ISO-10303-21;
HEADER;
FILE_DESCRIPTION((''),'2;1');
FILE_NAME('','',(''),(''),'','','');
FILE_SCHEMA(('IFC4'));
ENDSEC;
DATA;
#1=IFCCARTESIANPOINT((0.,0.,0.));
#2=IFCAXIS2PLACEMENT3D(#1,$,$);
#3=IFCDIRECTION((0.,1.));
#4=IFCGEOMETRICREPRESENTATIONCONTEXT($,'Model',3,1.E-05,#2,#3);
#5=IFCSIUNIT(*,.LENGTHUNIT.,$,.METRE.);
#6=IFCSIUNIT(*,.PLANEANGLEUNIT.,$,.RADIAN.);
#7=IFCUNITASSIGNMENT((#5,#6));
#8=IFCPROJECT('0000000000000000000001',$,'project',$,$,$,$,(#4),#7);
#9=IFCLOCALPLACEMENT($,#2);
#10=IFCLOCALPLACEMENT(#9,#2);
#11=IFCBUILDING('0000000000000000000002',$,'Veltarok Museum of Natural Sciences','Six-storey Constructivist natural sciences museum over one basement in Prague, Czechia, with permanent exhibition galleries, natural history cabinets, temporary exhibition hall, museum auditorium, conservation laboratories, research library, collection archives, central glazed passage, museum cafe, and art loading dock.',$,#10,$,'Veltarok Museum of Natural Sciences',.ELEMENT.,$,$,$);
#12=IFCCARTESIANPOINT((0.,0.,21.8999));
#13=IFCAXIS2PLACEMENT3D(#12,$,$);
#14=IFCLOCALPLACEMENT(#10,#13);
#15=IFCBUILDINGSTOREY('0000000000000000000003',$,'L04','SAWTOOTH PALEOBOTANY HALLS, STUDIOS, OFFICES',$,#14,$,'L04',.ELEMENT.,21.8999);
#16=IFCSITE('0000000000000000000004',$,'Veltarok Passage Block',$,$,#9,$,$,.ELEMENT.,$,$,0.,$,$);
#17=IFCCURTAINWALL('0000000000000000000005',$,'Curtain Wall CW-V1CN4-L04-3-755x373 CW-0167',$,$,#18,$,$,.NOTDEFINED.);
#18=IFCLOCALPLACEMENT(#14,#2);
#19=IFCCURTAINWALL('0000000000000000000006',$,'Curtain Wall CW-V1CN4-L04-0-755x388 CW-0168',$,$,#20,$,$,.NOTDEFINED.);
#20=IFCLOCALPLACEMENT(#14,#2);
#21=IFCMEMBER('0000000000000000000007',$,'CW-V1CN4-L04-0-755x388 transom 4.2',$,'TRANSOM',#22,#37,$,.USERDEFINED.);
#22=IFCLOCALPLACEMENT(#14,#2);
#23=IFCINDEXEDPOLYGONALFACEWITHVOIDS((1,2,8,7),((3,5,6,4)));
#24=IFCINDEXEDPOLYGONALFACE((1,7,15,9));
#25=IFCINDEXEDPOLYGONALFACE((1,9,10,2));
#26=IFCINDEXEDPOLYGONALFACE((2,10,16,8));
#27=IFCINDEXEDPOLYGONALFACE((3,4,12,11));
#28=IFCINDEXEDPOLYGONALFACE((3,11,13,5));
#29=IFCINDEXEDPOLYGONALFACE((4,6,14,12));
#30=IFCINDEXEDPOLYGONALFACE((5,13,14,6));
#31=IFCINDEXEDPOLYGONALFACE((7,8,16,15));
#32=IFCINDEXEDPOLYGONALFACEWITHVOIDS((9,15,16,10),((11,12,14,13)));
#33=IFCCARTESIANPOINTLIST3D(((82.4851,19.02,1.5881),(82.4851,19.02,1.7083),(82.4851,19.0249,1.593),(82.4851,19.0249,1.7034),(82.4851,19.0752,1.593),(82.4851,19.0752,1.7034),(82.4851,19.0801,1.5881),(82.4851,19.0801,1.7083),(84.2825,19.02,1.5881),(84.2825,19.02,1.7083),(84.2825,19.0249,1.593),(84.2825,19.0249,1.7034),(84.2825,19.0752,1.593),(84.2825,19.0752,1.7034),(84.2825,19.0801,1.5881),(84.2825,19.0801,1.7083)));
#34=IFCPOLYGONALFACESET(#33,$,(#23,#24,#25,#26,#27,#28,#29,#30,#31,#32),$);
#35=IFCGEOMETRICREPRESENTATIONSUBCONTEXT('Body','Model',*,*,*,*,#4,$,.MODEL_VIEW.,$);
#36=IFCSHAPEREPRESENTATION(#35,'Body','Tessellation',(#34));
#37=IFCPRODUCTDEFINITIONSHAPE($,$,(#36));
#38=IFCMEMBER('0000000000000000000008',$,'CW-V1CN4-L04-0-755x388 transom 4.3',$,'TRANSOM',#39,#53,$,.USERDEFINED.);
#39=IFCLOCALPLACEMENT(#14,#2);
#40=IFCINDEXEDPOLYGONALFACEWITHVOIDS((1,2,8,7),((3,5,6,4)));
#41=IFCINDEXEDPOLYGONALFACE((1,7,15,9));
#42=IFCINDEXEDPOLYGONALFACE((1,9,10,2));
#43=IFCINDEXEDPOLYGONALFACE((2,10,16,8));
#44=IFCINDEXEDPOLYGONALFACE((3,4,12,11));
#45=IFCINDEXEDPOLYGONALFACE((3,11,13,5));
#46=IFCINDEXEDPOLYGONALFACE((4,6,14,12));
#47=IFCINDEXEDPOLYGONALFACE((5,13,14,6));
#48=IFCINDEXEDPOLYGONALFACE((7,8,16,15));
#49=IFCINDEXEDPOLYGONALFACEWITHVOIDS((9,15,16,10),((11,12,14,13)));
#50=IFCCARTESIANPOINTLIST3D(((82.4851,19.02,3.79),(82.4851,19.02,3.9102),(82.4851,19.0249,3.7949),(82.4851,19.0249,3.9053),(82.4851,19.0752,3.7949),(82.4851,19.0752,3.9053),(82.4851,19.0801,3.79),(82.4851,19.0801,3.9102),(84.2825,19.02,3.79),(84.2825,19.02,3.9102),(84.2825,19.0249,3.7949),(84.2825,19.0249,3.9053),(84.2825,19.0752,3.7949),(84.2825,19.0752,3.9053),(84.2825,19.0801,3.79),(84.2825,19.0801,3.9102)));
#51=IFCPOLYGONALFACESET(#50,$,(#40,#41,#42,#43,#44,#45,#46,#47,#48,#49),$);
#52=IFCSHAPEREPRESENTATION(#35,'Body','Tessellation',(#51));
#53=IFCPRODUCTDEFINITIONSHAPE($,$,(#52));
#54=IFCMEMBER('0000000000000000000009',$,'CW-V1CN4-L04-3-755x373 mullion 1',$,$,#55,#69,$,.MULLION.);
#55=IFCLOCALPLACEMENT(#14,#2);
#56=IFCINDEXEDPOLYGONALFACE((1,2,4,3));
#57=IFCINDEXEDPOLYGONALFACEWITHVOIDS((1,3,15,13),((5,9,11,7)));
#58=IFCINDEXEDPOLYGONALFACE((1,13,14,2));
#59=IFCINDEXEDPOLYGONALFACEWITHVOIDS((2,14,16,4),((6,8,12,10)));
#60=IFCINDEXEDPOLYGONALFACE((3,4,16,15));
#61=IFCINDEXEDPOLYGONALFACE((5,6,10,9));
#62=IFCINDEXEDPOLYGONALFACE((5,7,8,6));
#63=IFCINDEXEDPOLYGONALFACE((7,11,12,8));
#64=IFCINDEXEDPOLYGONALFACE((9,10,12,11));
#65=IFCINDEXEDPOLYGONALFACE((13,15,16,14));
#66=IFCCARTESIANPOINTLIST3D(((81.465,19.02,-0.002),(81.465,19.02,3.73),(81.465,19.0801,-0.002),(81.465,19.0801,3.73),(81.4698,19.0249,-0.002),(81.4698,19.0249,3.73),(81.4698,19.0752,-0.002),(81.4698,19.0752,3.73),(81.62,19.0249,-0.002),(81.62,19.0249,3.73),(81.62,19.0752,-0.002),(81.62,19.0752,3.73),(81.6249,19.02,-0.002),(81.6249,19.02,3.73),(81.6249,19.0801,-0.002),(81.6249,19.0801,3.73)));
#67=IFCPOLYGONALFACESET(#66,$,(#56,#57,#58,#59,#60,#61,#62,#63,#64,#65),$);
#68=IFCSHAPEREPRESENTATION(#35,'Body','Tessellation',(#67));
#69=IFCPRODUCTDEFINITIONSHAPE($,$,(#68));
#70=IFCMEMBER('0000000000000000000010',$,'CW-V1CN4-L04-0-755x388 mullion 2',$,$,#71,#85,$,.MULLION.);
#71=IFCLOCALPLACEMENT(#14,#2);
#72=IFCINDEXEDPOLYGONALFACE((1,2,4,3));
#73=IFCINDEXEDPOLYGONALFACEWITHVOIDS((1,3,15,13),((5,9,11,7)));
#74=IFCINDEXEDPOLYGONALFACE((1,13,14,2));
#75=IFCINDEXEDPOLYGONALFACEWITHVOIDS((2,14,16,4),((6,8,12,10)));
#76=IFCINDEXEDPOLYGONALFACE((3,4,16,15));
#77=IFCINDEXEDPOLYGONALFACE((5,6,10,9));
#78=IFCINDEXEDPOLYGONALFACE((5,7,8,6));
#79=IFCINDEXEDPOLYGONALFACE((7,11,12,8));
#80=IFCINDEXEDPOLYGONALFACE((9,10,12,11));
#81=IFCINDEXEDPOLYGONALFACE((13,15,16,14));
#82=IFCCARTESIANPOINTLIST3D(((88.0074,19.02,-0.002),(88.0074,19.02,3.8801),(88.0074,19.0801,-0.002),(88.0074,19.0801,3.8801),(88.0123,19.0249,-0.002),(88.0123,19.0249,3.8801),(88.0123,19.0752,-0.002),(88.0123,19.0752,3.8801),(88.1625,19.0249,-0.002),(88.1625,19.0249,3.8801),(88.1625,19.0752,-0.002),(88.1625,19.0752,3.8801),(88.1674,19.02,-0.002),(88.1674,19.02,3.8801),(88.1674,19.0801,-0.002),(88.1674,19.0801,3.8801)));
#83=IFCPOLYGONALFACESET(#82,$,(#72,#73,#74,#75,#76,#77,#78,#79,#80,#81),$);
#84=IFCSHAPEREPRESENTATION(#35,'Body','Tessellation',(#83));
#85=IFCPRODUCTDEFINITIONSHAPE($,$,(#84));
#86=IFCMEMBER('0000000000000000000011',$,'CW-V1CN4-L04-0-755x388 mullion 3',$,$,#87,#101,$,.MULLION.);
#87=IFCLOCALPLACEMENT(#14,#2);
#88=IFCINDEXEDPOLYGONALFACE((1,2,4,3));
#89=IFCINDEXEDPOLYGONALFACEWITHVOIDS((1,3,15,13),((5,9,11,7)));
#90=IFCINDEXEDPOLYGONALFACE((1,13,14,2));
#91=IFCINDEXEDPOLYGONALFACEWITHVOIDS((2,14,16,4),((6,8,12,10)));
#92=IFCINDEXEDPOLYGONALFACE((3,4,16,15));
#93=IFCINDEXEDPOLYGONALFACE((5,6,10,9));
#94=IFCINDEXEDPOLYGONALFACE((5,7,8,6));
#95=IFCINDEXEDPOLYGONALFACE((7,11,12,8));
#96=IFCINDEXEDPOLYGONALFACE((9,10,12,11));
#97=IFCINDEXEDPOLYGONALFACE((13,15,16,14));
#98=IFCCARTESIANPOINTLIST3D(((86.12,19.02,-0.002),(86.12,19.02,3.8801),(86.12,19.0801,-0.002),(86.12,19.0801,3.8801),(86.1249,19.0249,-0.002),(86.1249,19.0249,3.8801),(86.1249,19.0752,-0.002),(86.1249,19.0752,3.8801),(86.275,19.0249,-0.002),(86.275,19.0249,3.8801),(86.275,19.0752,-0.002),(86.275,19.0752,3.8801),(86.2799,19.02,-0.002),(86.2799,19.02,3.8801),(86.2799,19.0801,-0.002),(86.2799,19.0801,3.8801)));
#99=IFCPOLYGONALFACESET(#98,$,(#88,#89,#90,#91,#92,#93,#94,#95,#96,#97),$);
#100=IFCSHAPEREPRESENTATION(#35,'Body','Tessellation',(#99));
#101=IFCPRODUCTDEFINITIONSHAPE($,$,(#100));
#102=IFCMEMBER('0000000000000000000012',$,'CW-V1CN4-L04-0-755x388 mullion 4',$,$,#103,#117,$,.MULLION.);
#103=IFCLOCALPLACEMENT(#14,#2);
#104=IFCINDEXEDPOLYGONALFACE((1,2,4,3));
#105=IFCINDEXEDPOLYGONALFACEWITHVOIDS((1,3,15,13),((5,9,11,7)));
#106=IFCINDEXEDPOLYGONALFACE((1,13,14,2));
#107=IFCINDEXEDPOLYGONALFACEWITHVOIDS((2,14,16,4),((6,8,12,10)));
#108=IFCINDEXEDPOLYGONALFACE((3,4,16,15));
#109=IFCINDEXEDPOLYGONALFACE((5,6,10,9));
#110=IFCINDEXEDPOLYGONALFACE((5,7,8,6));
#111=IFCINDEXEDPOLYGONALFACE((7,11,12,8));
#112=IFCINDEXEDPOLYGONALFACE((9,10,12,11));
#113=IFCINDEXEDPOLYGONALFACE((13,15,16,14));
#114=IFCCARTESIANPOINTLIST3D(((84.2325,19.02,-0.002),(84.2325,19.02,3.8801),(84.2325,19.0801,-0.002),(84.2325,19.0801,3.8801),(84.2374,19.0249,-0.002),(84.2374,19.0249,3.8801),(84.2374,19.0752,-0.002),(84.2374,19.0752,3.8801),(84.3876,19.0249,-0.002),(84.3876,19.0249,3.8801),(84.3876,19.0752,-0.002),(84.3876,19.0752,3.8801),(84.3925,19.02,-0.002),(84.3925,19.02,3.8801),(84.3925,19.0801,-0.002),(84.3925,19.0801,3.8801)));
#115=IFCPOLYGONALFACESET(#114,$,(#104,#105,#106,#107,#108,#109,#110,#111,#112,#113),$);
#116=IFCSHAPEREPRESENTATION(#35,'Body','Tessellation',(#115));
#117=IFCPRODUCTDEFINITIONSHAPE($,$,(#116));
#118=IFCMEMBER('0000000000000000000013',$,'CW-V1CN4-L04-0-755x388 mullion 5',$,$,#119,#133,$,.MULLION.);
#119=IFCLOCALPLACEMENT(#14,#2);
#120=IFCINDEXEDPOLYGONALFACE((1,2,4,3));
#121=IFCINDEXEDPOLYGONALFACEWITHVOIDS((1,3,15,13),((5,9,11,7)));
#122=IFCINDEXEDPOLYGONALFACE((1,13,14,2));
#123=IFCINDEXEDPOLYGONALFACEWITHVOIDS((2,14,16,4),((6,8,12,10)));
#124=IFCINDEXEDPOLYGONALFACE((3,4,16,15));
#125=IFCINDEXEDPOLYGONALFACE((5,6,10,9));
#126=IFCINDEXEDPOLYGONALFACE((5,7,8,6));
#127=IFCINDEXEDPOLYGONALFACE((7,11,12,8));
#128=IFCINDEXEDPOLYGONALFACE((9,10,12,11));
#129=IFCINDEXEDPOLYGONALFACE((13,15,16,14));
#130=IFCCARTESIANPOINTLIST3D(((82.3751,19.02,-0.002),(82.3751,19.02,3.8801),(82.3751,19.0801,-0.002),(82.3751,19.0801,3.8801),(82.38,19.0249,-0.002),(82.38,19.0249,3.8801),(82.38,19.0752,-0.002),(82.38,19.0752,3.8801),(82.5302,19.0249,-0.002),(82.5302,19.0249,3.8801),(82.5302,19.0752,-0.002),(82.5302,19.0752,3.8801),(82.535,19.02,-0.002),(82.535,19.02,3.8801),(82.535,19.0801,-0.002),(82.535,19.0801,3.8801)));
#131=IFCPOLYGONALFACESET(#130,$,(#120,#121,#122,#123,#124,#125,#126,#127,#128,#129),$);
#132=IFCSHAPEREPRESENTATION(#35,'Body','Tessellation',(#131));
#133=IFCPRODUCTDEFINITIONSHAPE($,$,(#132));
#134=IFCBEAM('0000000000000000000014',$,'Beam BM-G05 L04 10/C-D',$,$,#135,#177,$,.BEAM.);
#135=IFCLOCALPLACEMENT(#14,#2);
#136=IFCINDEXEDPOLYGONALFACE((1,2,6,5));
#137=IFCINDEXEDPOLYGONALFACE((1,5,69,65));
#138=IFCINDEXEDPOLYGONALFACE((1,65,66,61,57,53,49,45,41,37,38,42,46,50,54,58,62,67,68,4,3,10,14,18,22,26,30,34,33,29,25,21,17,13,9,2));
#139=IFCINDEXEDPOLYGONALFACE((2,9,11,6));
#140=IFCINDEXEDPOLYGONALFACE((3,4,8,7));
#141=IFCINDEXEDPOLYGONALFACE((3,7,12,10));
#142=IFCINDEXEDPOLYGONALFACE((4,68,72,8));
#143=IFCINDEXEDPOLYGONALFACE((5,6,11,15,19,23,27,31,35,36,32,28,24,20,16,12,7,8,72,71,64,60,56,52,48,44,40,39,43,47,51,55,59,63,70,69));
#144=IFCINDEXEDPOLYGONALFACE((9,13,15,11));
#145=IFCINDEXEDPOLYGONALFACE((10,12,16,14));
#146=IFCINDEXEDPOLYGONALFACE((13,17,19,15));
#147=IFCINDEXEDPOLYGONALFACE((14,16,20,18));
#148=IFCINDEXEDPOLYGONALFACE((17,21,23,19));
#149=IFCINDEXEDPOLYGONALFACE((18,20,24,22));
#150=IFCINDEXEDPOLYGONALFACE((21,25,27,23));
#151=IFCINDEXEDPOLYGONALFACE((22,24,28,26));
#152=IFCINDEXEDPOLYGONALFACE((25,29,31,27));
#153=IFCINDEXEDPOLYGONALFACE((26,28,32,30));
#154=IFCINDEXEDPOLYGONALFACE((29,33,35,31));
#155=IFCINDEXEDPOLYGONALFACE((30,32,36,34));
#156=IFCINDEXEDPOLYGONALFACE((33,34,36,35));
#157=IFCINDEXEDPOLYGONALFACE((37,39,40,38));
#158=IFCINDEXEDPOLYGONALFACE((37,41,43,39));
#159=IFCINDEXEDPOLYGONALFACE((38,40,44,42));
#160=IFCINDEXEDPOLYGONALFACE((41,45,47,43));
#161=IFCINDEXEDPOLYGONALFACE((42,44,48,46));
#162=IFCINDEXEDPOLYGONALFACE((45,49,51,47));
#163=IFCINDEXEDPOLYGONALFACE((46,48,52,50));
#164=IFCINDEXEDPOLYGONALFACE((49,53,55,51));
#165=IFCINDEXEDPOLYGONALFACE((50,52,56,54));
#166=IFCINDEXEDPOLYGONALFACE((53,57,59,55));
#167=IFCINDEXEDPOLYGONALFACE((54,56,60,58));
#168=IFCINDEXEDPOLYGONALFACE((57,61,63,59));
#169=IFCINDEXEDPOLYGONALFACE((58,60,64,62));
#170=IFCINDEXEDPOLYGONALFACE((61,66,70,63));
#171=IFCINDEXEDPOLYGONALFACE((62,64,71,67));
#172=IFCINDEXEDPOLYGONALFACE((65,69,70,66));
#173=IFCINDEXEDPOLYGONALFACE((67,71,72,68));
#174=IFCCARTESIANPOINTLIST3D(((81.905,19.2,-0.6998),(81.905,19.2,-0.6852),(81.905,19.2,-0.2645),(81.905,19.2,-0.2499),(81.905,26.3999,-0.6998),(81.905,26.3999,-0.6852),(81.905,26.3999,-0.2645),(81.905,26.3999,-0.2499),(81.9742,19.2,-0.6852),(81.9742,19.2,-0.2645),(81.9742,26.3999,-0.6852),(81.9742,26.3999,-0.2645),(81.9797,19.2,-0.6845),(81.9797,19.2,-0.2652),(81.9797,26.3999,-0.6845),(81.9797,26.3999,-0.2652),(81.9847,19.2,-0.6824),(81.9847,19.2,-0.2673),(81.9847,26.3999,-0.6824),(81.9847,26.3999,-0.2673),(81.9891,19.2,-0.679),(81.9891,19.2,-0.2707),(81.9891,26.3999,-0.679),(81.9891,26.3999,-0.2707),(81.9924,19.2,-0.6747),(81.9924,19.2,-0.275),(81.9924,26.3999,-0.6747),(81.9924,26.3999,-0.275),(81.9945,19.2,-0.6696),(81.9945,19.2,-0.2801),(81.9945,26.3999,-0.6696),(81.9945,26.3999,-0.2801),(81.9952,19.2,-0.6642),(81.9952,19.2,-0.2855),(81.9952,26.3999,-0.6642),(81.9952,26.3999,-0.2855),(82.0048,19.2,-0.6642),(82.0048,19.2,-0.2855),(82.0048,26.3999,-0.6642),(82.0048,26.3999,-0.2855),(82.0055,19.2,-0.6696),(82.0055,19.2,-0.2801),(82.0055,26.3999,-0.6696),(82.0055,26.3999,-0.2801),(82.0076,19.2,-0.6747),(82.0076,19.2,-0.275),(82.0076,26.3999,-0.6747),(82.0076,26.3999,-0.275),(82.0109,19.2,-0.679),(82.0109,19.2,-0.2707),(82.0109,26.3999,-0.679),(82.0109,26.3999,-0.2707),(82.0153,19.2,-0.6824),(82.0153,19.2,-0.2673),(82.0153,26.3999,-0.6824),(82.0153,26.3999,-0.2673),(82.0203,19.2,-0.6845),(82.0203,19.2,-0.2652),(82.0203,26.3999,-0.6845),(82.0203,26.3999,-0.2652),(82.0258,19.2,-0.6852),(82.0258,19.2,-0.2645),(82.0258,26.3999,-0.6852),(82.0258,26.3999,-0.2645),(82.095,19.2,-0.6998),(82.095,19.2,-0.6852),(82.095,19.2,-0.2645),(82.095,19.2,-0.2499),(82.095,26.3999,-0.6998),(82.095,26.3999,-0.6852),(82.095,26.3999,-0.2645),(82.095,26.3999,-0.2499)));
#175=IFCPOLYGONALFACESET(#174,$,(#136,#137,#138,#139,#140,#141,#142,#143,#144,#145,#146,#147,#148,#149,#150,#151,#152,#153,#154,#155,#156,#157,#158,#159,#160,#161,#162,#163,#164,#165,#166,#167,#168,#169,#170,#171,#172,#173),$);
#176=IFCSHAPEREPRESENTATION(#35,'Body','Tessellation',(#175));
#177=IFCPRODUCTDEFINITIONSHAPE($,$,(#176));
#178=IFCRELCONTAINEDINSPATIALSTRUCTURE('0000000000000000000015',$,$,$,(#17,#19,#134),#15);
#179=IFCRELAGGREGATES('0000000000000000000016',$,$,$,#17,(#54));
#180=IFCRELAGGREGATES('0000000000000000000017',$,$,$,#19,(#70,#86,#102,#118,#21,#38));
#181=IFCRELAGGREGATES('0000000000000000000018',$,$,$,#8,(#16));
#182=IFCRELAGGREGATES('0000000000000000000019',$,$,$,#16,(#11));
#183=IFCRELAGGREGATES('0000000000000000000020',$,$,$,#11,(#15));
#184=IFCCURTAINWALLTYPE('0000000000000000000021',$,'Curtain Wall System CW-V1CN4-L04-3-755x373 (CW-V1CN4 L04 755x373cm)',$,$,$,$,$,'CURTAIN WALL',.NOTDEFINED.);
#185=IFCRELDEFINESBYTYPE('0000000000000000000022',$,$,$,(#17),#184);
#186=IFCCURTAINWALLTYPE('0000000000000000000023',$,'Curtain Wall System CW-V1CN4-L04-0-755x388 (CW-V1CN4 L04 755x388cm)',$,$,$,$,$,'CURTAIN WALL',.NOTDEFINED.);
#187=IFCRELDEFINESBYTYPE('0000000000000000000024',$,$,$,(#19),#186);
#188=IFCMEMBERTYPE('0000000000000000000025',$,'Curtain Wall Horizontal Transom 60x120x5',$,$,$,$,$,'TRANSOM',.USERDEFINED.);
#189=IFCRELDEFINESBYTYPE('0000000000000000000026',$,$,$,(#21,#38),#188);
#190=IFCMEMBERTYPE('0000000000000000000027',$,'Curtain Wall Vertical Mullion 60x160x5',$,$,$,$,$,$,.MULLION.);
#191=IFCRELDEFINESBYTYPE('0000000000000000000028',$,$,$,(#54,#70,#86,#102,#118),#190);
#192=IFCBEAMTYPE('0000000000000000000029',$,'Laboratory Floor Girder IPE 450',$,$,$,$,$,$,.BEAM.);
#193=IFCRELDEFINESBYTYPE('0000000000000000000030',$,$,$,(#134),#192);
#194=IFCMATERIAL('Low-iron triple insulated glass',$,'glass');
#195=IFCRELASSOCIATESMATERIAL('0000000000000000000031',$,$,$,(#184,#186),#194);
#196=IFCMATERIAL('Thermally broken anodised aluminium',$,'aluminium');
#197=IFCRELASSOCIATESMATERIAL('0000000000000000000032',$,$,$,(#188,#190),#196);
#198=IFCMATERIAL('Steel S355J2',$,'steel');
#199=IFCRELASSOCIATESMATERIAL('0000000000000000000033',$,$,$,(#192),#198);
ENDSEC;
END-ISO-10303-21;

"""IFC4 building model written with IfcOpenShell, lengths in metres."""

from ifc_helpers import new_model, si_unit, direction, frame, origin, origin_2d, place, context, subcontext, project, spatial, hollow_rectangle, i_section, extrude, material, material_profile, profile_set, type_object, element, aggregate, save


model = new_model("IFC4")

# Units and contexts
model_context = context("Model", 3, precision=1e-05, world=origin(), true_north=direction((0.0, 1.0)))
body_context = subcontext(model_context, "Body", "Model", "MODEL_VIEW")
ifc_project = project(units=[si_unit("LENGTHUNIT", "METRE"), si_unit("PLANEANGLEUNIT", "RADIAN")], contexts=[model_context])

# Site, building, storey
site_placement = place(None, origin())
site = spatial("IfcSite", under=ifc_project, at=site_placement, Name="Veltarok Passage Block", CompositionType="ELEMENT", RefElevation=0.0)
building_placement = place(site_placement, origin())
building = spatial("IfcBuilding", under=site, at=building_placement, Name="Veltarok Museum of Natural Sciences", Description="Six-storey Constructivist natural sciences museum over one basement in Prague, Czechia, with permanent exhibition galleries, natural history cabinets, temporary exhibition hall, museum auditorium, conservation laboratories, research library, collection archives, central glazed passage, museum cafe, and art loading dock.", LongName="Veltarok Museum of Natural Sciences", CompositionType="ELEMENT")
storey_placement = place(building_placement, frame((0.0, 0.0, 21.8999)))
storey = spatial("IfcBuildingStorey", under=building, at=storey_placement, Name="L04", Description="SAWTOOTH PALEOBOTANY HALLS, STUDIOS, OFFICES", LongName="L04", CompositionType="ELEMENT", Elevation=21.8999)

# Curtain walls, members
ifc_material_1 = material(Name="Low-iron triple insulated glass", Category="glass")
curtain_wall_type_1 = type_object("IfcCurtainWallType", Name="Curtain Wall System CW-V1CN4-L04-3-755x373 (CW-V1CN4 L04 755x373cm)", ElementType="CURTAIN WALL", PredefinedType="NOTDEFINED", material=ifc_material_1)
curtain_wall_1_placement = place(storey_placement, origin())
curtain_wall_1 = element("IfcCurtainWall", 1, at=curtain_wall_1_placement, inside=storey, type_object=curtain_wall_type_1, Name="Curtain Wall CW-V1CN4-L04-3-755x373 CW-0167", PredefinedType="NOTDEFINED")
ifc_material_2 = material(Name="Thermally broken anodised aluminium", Category="aluminium")
ifc_material_profile_1 = material_profile(ifc_material_2, hollow_rectangle(XDim=0.0601, YDim=0.1201, WallThickness=0.0049, at=origin_2d()), Name="CW TRANSOM 60x120x5")
ifc_profile_set_1 = profile_set([ifc_material_profile_1], Name="Thermally broken anodised aluminium")
member_type_1 = type_object("IfcMemberType", Name="Curtain Wall Horizontal Transom 60x120x5", ElementType="TRANSOM", PredefinedType="USERDEFINED", material=ifc_profile_set_1)
curtain_wall_type_2 = type_object("IfcCurtainWallType", Name="Curtain Wall System CW-V1CN4-L04-0-755x388 (CW-V1CN4 L04 755x388cm)", ElementType="CURTAIN WALL", PredefinedType="NOTDEFINED", material=ifc_material_1)
curtain_wall_2_placement = place(storey_placement, origin())
curtain_wall_2 = element("IfcCurtainWall", 2, at=curtain_wall_2_placement, inside=storey, type_object=curtain_wall_type_2, Name="Curtain Wall CW-V1CN4-L04-0-755x388 CW-0168", PredefinedType="NOTDEFINED")
member_1_placement = place(storey_placement, frame((84.2825, 19.05, 1.6482), z_axis=(-1.0, 0.0, 0.0), x_axis=(0.0, -1.0, 0.0)))
member_1 = element("IfcMember", 3, at=member_1_placement, type_object=member_type_1, Name="CW-V1CN4-L04-0-755x388 transom 4.2", ObjectType="TRANSOM", PredefinedType="USERDEFINED", context=body_context, shape_type="SweptSolid", body=[
    extrude(hollow_rectangle(XDim=0.0601, YDim=0.1201, WallThickness=0.0049, at=origin_2d()), origin(), (0.0, 0.0, 1.0), 1.7974),
])
member_2_placement = place(storey_placement, frame((84.2825, 19.05, 3.8501), z_axis=(-1.0, 0.0, 0.0), x_axis=(0.0, -1.0, 0.0)))
member_2 = element("IfcMember", 4, at=member_2_placement, type_object=member_type_1, Name="CW-V1CN4-L04-0-755x388 transom 4.3", ObjectType="TRANSOM", PredefinedType="USERDEFINED", context=body_context, shape_type="SweptSolid", body=[
    extrude(hollow_rectangle(XDim=0.0601, YDim=0.1201, WallThickness=0.0049, at=origin_2d()), origin(), (0.0, 0.0, 1.0), 1.7974),
])

# Members
ifc_material_profile_2 = material_profile(ifc_material_2, hollow_rectangle(XDim=0.0601, YDim=0.1599, WallThickness=0.0049, at=origin_2d()), Name="CW MULLION 60x160x5")
ifc_profile_set_2 = profile_set([ifc_material_profile_2], Name="Thermally broken anodised aluminium")
member_type_2 = type_object("IfcMemberType", Name="Curtain Wall Vertical Mullion 60x160x5", PredefinedType="MULLION", material=ifc_profile_set_2)
member_3_placement = place(storey_placement, frame((81.5449, 19.05, -0.002), z_axis=(0.0, 0.0, 1.0), x_axis=(0.0, -1.0, 0.0)))
member_3 = element("IfcMember", 5, at=member_3_placement, type_object=member_type_2, Name="CW-V1CN4-L04-3-755x373 mullion 1", PredefinedType="MULLION", context=body_context, shape_type="SweptSolid", body=[
    extrude(hollow_rectangle(XDim=0.0601, YDim=0.1599, WallThickness=0.0049, at=origin_2d()), origin(), (0.0, 0.0, 1.0), 3.7319),
])
member_4_placement = place(storey_placement, frame((88.0874, 19.05, -0.002), z_axis=(0.0, 0.0, 1.0), x_axis=(0.0, -1.0, 0.0)))
member_4 = element("IfcMember", 6, at=member_4_placement, type_object=member_type_2, Name="CW-V1CN4-L04-0-755x388 mullion 2", PredefinedType="MULLION", context=body_context, shape_type="SweptSolid", body=[
    extrude(hollow_rectangle(XDim=0.0601, YDim=0.1599, WallThickness=0.0049, at=origin_2d()), origin(), (0.0, 0.0, 1.0), 3.8821),
])
member_5_placement = place(storey_placement, frame((86.2, 19.05, -0.002), z_axis=(0.0, 0.0, 1.0), x_axis=(0.0, -1.0, 0.0)))
member_5 = element("IfcMember", 7, at=member_5_placement, type_object=member_type_2, Name="CW-V1CN4-L04-0-755x388 mullion 3", PredefinedType="MULLION", context=body_context, shape_type="SweptSolid", body=[
    extrude(hollow_rectangle(XDim=0.0601, YDim=0.1599, WallThickness=0.0049, at=origin_2d()), origin(), (0.0, 0.0, 1.0), 3.8821),
])
member_6_placement = place(storey_placement, frame((84.3125, 19.05, -0.002), z_axis=(0.0, 0.0, 1.0), x_axis=(0.0, -1.0, 0.0)))
member_6 = element("IfcMember", 8, at=member_6_placement, type_object=member_type_2, Name="CW-V1CN4-L04-0-755x388 mullion 4", PredefinedType="MULLION", context=body_context, shape_type="SweptSolid", body=[
    extrude(hollow_rectangle(XDim=0.0601, YDim=0.1599, WallThickness=0.0049, at=origin_2d()), origin(), (0.0, 0.0, 1.0), 3.8821),
])
member_7_placement = place(storey_placement, frame((82.4551, 19.05, -0.002), z_axis=(0.0, 0.0, 1.0), x_axis=(0.0, -1.0, 0.0)))
member_7 = element("IfcMember", 9, at=member_7_placement, type_object=member_type_2, Name="CW-V1CN4-L04-0-755x388 mullion 5", PredefinedType="MULLION", context=body_context, shape_type="SweptSolid", body=[
    extrude(hollow_rectangle(XDim=0.0601, YDim=0.1599, WallThickness=0.0049, at=origin_2d()), origin(), (0.0, 0.0, 1.0), 3.8821),
])

# Beam
ifc_material_3 = material(Name="Steel S355J2", Category="steel")
ifc_material_profile_3 = material_profile(ifc_material_3, i_section(OverallWidth=0.1899, OverallDepth=0.45, WebThickness=0.0095, FlangeThickness=0.0146, FilletRadius=0.021, at=origin_2d()), Name="IPE 450")
ifc_profile_set_3 = profile_set([ifc_material_profile_3], Name="Steel S355J2")
beam_type_1 = type_object("IfcBeamType", Name="Laboratory Floor Girder IPE 450", PredefinedType="BEAM", material=ifc_profile_set_3)
beam_1_placement = place(storey_placement, frame((82.0, 19.2, -0.4749), z_axis=(0.0, 1.0, 0.0), x_axis=(-1.0, 0.0, 0.0)))
element("IfcBeam", 10, at=beam_1_placement, inside=storey, type_object=beam_type_1, Name="Beam BM-G05 L04 10/C-D", PredefinedType="BEAM", context=body_context, shape_type="SweptSolid", body=[
    extrude(i_section(OverallWidth=0.1899, OverallDepth=0.45, WebThickness=0.0095, FlangeThickness=0.0146, FilletRadius=0.021, at=origin_2d()), origin(), (0.0, 0.0, 1.0), 7.2),
])

aggregate(curtain_wall_1, [member_3])
aggregate(curtain_wall_2, [member_4, member_5, member_6, member_7, member_1, member_2])

save(model, "model.ifc")
